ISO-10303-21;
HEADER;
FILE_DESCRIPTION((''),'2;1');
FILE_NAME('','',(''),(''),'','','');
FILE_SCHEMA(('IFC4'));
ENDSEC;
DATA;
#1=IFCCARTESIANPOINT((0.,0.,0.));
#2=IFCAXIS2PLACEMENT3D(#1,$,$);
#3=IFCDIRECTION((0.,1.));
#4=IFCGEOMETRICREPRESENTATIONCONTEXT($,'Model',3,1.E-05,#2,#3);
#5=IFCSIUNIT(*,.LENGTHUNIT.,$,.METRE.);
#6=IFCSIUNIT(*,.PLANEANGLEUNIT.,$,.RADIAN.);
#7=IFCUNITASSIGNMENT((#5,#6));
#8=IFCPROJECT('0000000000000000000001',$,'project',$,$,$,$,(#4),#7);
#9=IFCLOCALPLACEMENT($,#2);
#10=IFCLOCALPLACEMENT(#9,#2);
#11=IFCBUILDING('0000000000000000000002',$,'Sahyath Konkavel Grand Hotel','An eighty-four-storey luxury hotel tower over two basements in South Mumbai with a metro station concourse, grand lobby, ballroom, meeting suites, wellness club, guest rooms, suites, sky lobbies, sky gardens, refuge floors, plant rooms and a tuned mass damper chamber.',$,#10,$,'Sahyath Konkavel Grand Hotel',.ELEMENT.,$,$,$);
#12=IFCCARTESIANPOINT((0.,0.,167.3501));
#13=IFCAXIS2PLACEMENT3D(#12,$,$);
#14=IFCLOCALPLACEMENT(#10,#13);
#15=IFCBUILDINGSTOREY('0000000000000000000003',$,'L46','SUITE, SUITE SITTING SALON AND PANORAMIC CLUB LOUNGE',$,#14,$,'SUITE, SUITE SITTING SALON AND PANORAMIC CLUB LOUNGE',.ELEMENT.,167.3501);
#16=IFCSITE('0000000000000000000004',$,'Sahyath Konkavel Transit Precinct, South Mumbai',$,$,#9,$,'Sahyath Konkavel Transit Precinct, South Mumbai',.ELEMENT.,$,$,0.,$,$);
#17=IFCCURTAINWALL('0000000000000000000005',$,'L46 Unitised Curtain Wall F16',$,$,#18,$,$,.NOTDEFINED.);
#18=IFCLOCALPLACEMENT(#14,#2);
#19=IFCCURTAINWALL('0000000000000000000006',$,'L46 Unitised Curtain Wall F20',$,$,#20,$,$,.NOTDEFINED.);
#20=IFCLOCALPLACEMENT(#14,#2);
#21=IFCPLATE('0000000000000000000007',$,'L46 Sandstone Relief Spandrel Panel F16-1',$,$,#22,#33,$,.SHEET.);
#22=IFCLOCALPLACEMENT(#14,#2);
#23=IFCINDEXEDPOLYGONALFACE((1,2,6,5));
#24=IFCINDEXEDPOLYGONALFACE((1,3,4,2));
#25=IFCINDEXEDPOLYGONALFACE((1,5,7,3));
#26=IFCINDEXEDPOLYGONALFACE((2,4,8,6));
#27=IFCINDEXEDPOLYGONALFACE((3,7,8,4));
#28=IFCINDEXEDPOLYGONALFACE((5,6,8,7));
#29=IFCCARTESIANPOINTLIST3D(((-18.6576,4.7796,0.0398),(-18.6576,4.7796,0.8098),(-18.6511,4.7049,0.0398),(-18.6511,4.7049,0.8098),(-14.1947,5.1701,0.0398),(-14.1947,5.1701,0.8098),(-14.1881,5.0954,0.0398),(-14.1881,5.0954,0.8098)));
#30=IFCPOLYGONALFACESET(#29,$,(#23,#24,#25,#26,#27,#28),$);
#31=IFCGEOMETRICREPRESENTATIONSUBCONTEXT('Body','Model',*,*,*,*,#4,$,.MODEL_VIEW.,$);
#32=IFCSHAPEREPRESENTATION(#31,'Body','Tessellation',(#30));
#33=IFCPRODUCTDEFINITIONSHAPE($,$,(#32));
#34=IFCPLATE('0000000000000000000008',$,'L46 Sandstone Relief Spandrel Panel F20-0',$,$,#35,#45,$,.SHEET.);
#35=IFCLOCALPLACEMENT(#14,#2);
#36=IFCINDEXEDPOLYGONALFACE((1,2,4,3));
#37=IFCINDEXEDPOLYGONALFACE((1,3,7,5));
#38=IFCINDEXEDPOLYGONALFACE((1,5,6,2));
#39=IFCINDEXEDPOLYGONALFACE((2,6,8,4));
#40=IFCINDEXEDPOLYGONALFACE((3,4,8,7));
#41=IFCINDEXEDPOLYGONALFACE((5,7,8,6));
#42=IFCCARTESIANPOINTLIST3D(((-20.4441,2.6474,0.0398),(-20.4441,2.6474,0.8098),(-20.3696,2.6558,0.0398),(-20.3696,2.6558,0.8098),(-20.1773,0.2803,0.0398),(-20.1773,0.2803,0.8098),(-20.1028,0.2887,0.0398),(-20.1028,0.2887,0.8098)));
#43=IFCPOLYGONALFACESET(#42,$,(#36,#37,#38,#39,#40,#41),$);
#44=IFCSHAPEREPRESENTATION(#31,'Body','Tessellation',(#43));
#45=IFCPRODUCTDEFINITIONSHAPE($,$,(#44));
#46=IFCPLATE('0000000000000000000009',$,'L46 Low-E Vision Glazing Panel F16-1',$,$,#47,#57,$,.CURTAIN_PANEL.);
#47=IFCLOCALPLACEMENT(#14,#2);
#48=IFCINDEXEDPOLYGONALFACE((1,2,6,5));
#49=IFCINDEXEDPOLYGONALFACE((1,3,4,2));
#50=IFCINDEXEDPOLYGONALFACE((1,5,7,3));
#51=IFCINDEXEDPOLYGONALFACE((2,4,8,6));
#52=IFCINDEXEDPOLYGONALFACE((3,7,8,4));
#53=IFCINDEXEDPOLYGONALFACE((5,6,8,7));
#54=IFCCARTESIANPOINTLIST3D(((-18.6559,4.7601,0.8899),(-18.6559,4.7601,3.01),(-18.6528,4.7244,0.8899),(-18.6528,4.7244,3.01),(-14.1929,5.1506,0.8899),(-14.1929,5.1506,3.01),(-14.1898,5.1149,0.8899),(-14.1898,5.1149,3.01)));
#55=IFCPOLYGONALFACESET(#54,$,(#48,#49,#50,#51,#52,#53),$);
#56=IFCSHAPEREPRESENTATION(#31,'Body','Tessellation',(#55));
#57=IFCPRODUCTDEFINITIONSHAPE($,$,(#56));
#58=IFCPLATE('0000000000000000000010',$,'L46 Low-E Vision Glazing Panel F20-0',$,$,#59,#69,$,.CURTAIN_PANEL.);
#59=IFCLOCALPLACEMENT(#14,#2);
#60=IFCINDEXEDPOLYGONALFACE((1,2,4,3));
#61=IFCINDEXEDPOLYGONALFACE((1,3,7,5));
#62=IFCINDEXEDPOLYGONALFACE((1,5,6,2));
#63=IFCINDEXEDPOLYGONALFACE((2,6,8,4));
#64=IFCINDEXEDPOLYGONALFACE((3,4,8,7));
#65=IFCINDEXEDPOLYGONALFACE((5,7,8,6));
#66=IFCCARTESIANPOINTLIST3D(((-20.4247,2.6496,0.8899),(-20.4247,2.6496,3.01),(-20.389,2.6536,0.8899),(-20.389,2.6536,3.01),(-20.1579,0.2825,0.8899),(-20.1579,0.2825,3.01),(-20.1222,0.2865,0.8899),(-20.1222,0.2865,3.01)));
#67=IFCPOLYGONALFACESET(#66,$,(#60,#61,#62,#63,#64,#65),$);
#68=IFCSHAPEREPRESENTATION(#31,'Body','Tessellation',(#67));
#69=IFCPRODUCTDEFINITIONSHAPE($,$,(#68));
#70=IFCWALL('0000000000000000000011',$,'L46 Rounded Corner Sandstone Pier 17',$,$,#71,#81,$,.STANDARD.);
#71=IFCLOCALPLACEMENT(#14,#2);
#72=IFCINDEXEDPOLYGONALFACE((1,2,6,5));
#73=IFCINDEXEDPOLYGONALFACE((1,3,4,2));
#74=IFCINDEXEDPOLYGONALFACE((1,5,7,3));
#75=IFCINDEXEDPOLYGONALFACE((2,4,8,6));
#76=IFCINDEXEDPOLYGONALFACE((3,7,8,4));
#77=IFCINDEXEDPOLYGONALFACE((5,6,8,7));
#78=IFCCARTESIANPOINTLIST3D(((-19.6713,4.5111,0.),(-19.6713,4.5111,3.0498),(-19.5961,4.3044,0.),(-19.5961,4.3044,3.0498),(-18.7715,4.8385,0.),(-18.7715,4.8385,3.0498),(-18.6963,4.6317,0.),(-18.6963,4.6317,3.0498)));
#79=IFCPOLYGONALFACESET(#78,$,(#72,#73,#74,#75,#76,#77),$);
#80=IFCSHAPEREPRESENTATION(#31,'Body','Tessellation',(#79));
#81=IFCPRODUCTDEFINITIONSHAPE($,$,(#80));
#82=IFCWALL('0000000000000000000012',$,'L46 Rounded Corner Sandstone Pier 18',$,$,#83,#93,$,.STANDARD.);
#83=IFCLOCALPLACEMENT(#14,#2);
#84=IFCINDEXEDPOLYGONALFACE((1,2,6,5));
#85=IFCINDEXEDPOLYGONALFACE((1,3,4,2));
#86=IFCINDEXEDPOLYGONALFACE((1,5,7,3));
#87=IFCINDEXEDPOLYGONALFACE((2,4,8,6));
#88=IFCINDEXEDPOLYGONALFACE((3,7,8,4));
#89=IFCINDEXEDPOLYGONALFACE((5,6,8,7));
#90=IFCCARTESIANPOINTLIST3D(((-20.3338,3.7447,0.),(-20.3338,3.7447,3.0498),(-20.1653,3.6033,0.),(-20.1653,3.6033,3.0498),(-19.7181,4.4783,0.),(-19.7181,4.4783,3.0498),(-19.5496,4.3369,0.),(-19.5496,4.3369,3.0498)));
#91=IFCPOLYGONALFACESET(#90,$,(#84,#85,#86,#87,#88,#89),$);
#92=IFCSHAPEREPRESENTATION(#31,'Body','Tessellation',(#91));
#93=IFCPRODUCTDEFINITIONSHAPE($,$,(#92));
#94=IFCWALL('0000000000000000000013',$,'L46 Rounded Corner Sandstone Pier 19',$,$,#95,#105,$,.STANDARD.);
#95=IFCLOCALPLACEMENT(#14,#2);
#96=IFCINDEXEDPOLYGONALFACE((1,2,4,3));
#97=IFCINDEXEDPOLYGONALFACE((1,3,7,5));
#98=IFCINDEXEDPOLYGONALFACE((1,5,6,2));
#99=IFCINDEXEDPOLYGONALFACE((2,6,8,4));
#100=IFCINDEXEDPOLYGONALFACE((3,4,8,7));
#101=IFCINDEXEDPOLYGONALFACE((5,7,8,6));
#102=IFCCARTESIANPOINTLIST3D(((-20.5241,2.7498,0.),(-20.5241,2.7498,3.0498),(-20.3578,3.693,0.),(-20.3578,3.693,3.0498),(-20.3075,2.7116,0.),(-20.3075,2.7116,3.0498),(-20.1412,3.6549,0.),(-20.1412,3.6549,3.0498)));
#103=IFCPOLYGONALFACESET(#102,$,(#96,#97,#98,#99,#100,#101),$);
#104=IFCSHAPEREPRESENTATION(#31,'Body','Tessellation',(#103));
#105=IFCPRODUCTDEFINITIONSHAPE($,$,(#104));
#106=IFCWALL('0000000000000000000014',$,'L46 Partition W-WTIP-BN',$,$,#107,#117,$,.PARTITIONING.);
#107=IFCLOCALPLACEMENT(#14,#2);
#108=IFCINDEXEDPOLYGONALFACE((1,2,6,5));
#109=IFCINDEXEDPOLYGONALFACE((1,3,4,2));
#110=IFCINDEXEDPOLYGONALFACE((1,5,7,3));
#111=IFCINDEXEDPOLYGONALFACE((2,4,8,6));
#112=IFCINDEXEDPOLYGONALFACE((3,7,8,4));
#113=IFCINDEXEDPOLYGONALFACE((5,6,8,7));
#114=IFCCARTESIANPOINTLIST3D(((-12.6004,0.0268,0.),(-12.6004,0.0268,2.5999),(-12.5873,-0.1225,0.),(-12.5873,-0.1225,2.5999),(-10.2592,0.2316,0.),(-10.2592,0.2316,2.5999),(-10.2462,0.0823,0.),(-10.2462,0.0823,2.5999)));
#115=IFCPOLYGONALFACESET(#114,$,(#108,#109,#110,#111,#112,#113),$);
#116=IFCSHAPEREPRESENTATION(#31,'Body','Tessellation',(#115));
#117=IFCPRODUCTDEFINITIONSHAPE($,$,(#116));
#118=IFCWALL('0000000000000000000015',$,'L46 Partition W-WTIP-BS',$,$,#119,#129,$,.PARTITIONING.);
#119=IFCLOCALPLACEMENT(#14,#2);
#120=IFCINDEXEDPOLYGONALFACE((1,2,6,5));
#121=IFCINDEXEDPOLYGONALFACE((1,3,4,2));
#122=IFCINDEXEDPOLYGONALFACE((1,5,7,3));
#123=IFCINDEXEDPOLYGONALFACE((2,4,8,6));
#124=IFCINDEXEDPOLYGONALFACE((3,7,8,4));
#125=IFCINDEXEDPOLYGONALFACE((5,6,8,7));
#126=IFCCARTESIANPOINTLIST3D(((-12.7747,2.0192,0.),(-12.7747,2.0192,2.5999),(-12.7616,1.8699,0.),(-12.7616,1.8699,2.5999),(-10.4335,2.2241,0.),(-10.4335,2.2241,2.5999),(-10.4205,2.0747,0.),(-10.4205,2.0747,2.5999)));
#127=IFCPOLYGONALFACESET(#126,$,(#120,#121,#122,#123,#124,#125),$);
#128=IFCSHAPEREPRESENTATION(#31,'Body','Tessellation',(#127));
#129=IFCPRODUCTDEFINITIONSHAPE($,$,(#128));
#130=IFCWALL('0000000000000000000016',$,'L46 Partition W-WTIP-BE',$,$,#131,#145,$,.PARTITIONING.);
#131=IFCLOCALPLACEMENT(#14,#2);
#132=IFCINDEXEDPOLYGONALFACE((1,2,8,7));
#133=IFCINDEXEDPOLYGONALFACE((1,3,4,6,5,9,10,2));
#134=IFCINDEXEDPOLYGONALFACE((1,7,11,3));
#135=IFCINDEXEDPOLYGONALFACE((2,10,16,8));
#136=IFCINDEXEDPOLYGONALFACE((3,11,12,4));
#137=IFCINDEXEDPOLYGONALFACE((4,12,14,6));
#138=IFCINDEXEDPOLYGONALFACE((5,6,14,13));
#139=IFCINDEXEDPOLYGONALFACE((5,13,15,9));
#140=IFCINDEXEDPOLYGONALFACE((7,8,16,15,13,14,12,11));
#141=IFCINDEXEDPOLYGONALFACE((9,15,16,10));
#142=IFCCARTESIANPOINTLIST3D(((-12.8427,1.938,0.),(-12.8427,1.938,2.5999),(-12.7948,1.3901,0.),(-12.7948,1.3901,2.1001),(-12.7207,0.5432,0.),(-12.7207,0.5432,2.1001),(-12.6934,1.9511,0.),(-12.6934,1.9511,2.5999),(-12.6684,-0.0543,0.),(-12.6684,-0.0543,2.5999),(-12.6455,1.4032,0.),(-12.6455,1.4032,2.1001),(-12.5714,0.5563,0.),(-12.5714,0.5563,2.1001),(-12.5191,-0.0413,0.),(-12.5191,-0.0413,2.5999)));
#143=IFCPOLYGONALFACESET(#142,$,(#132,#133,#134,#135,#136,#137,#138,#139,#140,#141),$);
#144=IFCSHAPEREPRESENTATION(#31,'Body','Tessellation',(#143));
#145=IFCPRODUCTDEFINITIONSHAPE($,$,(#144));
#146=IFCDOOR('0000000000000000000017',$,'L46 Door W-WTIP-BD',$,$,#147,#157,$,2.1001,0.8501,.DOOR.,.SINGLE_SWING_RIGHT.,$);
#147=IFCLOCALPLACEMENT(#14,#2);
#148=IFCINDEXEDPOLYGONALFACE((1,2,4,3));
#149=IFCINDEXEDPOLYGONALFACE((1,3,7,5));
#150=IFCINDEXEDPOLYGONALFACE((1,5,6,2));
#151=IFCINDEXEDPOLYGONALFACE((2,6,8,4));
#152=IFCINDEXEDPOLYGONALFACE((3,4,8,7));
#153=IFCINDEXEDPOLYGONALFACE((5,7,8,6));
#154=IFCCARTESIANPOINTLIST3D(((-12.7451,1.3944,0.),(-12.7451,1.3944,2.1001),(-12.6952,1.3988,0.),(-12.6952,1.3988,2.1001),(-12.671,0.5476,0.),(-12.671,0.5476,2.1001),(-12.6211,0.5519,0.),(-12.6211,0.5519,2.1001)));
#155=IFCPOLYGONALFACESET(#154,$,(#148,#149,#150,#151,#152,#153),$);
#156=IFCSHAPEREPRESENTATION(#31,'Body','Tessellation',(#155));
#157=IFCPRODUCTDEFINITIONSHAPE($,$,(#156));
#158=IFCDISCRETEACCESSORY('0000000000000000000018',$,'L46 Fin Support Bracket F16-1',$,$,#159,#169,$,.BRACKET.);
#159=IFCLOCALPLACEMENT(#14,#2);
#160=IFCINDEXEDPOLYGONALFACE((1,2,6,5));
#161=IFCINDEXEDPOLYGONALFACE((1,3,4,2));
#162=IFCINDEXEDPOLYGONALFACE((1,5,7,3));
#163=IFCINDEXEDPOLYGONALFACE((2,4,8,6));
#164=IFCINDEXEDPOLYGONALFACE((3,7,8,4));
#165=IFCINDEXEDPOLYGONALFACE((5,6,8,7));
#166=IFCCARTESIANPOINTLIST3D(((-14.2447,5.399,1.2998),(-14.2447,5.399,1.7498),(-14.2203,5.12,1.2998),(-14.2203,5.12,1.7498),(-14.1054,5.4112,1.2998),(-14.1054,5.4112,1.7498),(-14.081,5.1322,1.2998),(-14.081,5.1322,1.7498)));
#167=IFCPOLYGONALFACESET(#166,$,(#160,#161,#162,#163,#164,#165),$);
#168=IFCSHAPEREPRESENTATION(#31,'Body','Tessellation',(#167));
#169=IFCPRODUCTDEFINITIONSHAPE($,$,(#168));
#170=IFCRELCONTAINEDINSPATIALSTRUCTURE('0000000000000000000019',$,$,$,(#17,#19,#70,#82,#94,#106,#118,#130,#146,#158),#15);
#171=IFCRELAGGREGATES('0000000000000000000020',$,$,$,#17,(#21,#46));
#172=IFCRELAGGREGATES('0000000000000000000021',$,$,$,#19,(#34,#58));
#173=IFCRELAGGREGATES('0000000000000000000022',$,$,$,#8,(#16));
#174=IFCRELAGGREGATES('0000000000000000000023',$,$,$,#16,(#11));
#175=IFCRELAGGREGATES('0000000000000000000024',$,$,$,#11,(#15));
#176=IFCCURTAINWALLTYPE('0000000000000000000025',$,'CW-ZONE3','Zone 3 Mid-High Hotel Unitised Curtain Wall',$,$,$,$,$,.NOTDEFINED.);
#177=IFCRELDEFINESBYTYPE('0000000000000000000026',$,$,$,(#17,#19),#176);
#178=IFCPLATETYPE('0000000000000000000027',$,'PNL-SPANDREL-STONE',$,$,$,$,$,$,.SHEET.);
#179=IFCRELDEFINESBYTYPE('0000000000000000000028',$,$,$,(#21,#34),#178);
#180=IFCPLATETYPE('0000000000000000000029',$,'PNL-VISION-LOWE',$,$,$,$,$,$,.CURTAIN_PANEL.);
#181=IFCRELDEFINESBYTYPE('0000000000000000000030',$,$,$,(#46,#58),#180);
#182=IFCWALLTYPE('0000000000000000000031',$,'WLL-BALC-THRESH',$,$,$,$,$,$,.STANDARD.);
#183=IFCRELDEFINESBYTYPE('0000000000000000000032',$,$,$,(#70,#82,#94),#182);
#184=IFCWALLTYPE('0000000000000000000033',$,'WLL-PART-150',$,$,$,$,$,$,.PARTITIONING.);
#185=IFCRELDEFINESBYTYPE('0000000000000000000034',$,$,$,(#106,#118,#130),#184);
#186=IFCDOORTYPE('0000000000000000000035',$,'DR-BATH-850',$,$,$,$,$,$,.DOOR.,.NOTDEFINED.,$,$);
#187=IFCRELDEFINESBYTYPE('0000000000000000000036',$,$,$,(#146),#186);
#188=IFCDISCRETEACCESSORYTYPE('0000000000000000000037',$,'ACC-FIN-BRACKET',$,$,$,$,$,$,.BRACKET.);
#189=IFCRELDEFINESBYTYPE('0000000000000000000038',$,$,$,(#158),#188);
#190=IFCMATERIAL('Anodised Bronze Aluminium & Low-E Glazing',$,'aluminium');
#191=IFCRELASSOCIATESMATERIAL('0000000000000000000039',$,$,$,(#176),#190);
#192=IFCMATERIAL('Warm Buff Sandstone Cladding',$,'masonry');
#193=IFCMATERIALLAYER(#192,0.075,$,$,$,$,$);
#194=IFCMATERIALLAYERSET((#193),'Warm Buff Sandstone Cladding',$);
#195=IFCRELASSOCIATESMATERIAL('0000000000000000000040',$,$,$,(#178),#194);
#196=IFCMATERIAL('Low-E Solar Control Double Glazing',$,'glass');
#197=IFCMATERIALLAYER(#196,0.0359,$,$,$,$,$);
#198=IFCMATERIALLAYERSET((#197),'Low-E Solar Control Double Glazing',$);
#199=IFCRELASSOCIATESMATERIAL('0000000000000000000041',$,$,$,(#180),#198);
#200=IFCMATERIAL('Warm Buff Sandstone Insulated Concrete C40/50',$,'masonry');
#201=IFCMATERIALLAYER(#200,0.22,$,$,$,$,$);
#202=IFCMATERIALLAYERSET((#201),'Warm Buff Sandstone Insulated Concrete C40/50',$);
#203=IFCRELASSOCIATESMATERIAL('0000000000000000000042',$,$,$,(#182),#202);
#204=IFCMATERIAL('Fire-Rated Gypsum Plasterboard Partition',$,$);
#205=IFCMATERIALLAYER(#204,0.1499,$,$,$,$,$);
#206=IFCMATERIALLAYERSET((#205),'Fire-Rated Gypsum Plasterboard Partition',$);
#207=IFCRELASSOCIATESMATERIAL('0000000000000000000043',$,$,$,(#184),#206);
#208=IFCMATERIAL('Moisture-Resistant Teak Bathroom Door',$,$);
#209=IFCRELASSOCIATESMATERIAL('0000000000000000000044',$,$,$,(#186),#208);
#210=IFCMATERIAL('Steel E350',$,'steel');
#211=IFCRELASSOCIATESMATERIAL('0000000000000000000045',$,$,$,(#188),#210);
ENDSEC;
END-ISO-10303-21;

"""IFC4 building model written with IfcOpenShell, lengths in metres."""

from ifc_helpers import new_model, si_unit, direction, frame, frame_2d, origin, origin_2d, place, context, subcontext, project, spatial, rectangle, extrude, source, transform, mapped, material, layer, layer_set, type_object, element, fill, aggregate, save


model = new_model("IFC4")

# Units and contexts
model_context = context("Model", 3, precision=1e-05, world=origin(), true_north=direction((0.0, 1.0)))
body_context = subcontext(model_context, "Body", "Model", "MODEL_VIEW")
ifc_project = project(units=[si_unit("LENGTHUNIT", "METRE"), si_unit("PLANEANGLEUNIT", "RADIAN")], contexts=[model_context])

# Site, building, storey
site_placement = place(None, origin())
site = spatial("IfcSite", under=ifc_project, at=site_placement, Name="Sahyath Konkavel Transit Precinct, South Mumbai", LongName="Sahyath Konkavel Transit Precinct, South Mumbai", CompositionType="ELEMENT", RefElevation=0.0)
building_placement = place(site_placement, origin())
building = spatial("IfcBuilding", under=site, at=building_placement, Name="Sahyath Konkavel Grand Hotel", Description="An eighty-four-storey luxury hotel tower over two basements in South Mumbai with a metro station concourse, grand lobby, ballroom, meeting suites, wellness club, guest rooms, suites, sky lobbies, sky gardens, refuge floors, plant rooms and a tuned mass damper chamber.", LongName="Sahyath Konkavel Grand Hotel", CompositionType="ELEMENT")
storey_placement = place(building_placement, frame((0.0, 0.0, 167.3501)))
storey = spatial("IfcBuildingStorey", under=building, at=storey_placement, Name="L46", Description="SUITE, SUITE SITTING SALON AND PANORAMIC CLUB LOUNGE", LongName="SUITE, SUITE SITTING SALON AND PANORAMIC CLUB LOUNGE", CompositionType="ELEMENT", Elevation=167.3501)

# Shared definitions
ifc_material_1 = material(Name="Steel E350", Category="steel")

# Curtain walls
ifc_material_2 = material(Name="Anodised Bronze Aluminium & Low-E Glazing", Category="aluminium")
curtain_wall_type = type_object("IfcCurtainWallType", Name="CW-ZONE3", Description="Zone 3 Mid-High Hotel Unitised Curtain Wall", PredefinedType="NOTDEFINED", material=ifc_material_2)
curtain_wall_1_placement = place(storey_placement, origin())
curtain_wall_1 = element("IfcCurtainWall", 1, at=curtain_wall_1_placement, inside=storey, type_object=curtain_wall_type, Name="L46 Unitised Curtain Wall F16", PredefinedType="NOTDEFINED")
curtain_wall_2_placement = place(storey_placement, origin())
curtain_wall_2 = element("IfcCurtainWall", 2, at=curtain_wall_2_placement, inside=storey, type_object=curtain_wall_type, Name="L46 Unitised Curtain Wall F20", PredefinedType="NOTDEFINED")

# Plates
ifc_material_3 = material(Name="Warm Buff Sandstone Cladding", Category="masonry")
ifc_layer_1 = layer(ifc_material_3, 0.075)
ifc_layer_set_1 = layer_set([ifc_layer_1], Name="Warm Buff Sandstone Cladding")
plate_type_1 = type_object("IfcPlateType", Name="PNL-SPANDREL-STONE", PredefinedType="SHEET", material=ifc_layer_set_1)
shared_shape_1 = source(origin(), body_context, "Body", "SweptSolid", [
    extrude(rectangle(XDim=4.48, YDim=0.075, at=origin_2d()), origin(), (0.0, 0.0, 1.0), 0.77),
])
plate_1_placement = place(storey_placement, frame((-16.4229, 4.9375, 0.0398), z_axis=(0.0, 0.0, 1.0), x_axis=(-0.996195, -0.087156, 0.0)))
plate_1 = element("IfcPlate", 3, at=plate_1_placement, type_object=plate_type_1, Name="L46 Sandstone Relief Spandrel Panel F16-1", PredefinedType="SHEET", context=body_context, shape_type="MappedRepresentation", body=[
    mapped(shared_shape_1, transform((0.0, 0.0, 0.0), scale=1.0)),
])
shared_shape_2 = source(origin(), body_context, "Body", "SweptSolid", [
    extrude(rectangle(XDim=2.3821, YDim=0.075, at=origin_2d()), origin(), (0.0, 0.0, 1.0), 0.77),
])
plate_2_placement = place(storey_placement, frame((-20.2734, 1.468, 0.0398), z_axis=(0.0, 0.0, 1.0), x_axis=(0.111989, -0.993709, 0.0)))
plate_2 = element("IfcPlate", 4, at=plate_2_placement, type_object=plate_type_1, Name="L46 Sandstone Relief Spandrel Panel F20-0", PredefinedType="SHEET", context=body_context, shape_type="MappedRepresentation", body=[
    mapped(shared_shape_2, transform((0.0, 0.0, 0.0), scale=1.0)),
])
ifc_material_4 = material(Name="Low-E Solar Control Double Glazing", Category="glass")
ifc_layer_2 = layer(ifc_material_4, 0.0359)
ifc_layer_set_2 = layer_set([ifc_layer_2], Name="Low-E Solar Control Double Glazing")
plate_type_2 = type_object("IfcPlateType", Name="PNL-VISION-LOWE", PredefinedType="CURTAIN_PANEL", material=ifc_layer_set_2)
shared_shape_3 = source(origin(), body_context, "Body", "SweptSolid", [
    extrude(rectangle(XDim=4.48, YDim=0.0359, at=origin_2d()), origin(), (0.0, 0.0, 1.0), 2.1201),
])
plate_3_placement = place(storey_placement, frame((-16.4229, 4.9375, 0.8899), z_axis=(0.0, 0.0, 1.0), x_axis=(-0.996195, -0.087156, 0.0)))
plate_3 = element("IfcPlate", 5, at=plate_3_placement, type_object=plate_type_2, Name="L46 Low-E Vision Glazing Panel F16-1", PredefinedType="CURTAIN_PANEL", context=body_context, shape_type="MappedRepresentation", body=[
    mapped(shared_shape_3, transform((0.0, 0.0, 0.0), scale=1.0)),
])
aggregate(curtain_wall_1, [plate_1, plate_3])
shared_shape_4 = source(origin(), body_context, "Body", "SweptSolid", [
    extrude(rectangle(XDim=2.3821, YDim=0.0359, at=origin_2d()), origin(), (0.0, 0.0, 1.0), 2.1201),
])
plate_4_placement = place(storey_placement, frame((-20.2734, 1.468, 0.8899), z_axis=(0.0, 0.0, 1.0), x_axis=(0.111989, -0.993709, 0.0)))
plate_4 = element("IfcPlate", 6, at=plate_4_placement, type_object=plate_type_2, Name="L46 Low-E Vision Glazing Panel F20-0", PredefinedType="CURTAIN_PANEL", context=body_context, shape_type="MappedRepresentation", body=[
    mapped(shared_shape_4, transform((0.0, 0.0, 0.0), scale=1.0)),
])
aggregate(curtain_wall_2, [plate_2, plate_4])

# Walls
ifc_material_5 = material(Name="Warm Buff Sandstone Insulated Concrete C40/50", Category="masonry")
ifc_layer_3 = layer(ifc_material_5, 0.22)
ifc_layer_set_3 = layer_set([ifc_layer_3], Name="Warm Buff Sandstone Insulated Concrete C40/50")
wall_type_1 = type_object("IfcWallType", Name="WLL-BALC-THRESH", PredefinedType="STANDARD", material=ifc_layer_set_3)
wall_1_placement = place(storey_placement, frame((-18.7339, 4.7351, 0.0), z_axis=(0.0, 0.0, 1.0), x_axis=(-0.939741, -0.341886, 0.0)))
element("IfcWall", 7, at=wall_1_placement, inside=storey, type_object=wall_type_1, Name="L46 Rounded Corner Sandstone Pier 17", PredefinedType="STANDARD", context=body_context, shape_type="SweptSolid", body=[
    extrude(rectangle(XDim=0.9575, YDim=0.22, at=frame_2d((0.4788, 0.0))), origin(), (0.0, 0.0, 1.0), 3.0498),
])
for number, where, z_axis, x_axis, name in (
    (8, (-19.6338, 4.4077, 0.0), (0.0, 0.0, 1.0), (-0.642863, -0.765981, 0.0), "L46 Rounded Corner Sandstone Pier 18"),
    (9, (-20.2495, 3.6741, 0.0), (0.0, 0.0, 1.0), (-0.173611, -0.984814, 0.0), "L46 Rounded Corner Sandstone Pier 19"),
):
    element("IfcWall", number, at=place(storey_placement, frame(where, z_axis=z_axis, x_axis=x_axis)), inside=storey, type_object=wall_type_1, Name=name, PredefinedType="STANDARD", context=body_context, shape_type="SweptSolid", body=[
        extrude(rectangle(XDim=0.9578, YDim=0.22, at=frame_2d((0.479, 0.0))), origin(), (0.0, 0.0, 1.0), 3.0498),
    ])
ifc_material_6 = material(Name="Fire-Rated Gypsum Plasterboard Partition")
ifc_layer_4 = layer(ifc_material_6, 0.1499)
ifc_layer_set_4 = layer_set([ifc_layer_4], Name="Fire-Rated Gypsum Plasterboard Partition")
wall_type_2 = type_object("IfcWallType", Name="WLL-PART-150", PredefinedType="PARTITIONING", material=ifc_layer_set_4)
for number, where, z_axis, x_axis, name in (
    (10, (-10.2527, 0.157, 0.0), (0.0, 0.0, 1.0), (-0.996194, -0.087163, 0.0), "L46 Partition W-WTIP-BN"),
    (11, (-10.427, 2.1494, 0.0), (0.0, 0.0, 1.0), (-0.996194, -0.087163, 0.0), "L46 Partition W-WTIP-BS"),
):
    element("IfcWall", number, at=place(storey_placement, frame(where, z_axis=z_axis, x_axis=x_axis)), inside=storey, type_object=wall_type_2, Name=name, PredefinedType="PARTITIONING", context=body_context, shape_type="SweptSolid", body=[
        extrude(rectangle(XDim=2.3501, YDim=0.1499, at=frame_2d((1.175, 0.0))), origin(), (0.0, 0.0, 1.0), 2.5999),
    ])

# Wall, opening, door
wall_2_placement = place(storey_placement, frame((-12.7681, 1.9446, 0.0), z_axis=(0.0, 0.0, 1.0), x_axis=(0.087156, -0.996195, 0.0)))
wall_2 = element("IfcWall", 12, at=wall_2_placement, inside=storey, type_object=wall_type_2, Name="L46 Partition W-WTIP-BE", PredefinedType="PARTITIONING", context=body_context, shape_type="SweptSolid", body=[
    extrude(rectangle(XDim=2.0, YDim=0.1499, at=frame_2d((1.0, 0.0))), origin(), (0.0, 0.0, 1.0), 2.5999),
])
opening_placement = place(wall_2_placement, frame((0.55, 0.0, 0.0)))
opening = element("IfcOpeningElement", 13, at=opening_placement, cuts=wall_2, PredefinedType="OPENING", context=body_context, shape_type="SweptSolid", body=[
    extrude(rectangle(XDim=0.8501, YDim=2.1001, at=frame_2d((0.425, 1.05))), frame((0.0, 0.085, 0.0), z_axis=(0.0, -1.0, 0.0), x_axis=(1.0, 0.0, 0.0)), (0.0, 0.0, 1.0), 0.1699),
])
ifc_material_7 = material(Name="Moisture-Resistant Teak Bathroom Door")
door_type = type_object("IfcDoorType", Name="DR-BATH-850", OperationType="NOTDEFINED", PredefinedType="DOOR", material=ifc_material_7)
shared_shape_5 = source(origin(), body_context, "Body", "SweptSolid", [
    extrude(rectangle(XDim=0.8501, YDim=0.05, at=origin_2d()), origin(), (0.0, 0.0, 1.0), 2.1001),
])
door_placement = place(opening_placement, frame((0.425, 0.0, 0.0)))
door = element("IfcDoor", 14, at=door_placement, inside=storey, type_object=door_type, Name="L46 Door W-WTIP-BD", OperationType="SINGLE_SWING_RIGHT", OverallHeight=2.1001, OverallWidth=0.8501, PredefinedType="DOOR", context=body_context, shape_type="MappedRepresentation", body=[
    mapped(shared_shape_5, transform((0.0, 0.0, 0.0), scale=1.0)),
])
fill(opening, door)

# Discrete accessory
discrete_accessory_type = type_object("IfcDiscreteAccessoryType", Name="ACC-FIN-BRACKET", PredefinedType="BRACKET", material=ifc_material_1)
shared_shape_6 = source(origin(), body_context, "Body", "SweptSolid", [
    extrude(rectangle(XDim=0.28, YDim=0.1399, at=origin_2d()), origin(), (0.0, 0.0, 1.0), 0.45),
])
discrete_accessory_placement = place(storey_placement, frame((-14.1628, 5.2656, 1.2998), z_axis=(0.0, 0.0, 1.0), x_axis=(-0.087156, 0.996195, 0.0)))
element("IfcDiscreteAccessory", 15, at=discrete_accessory_placement, inside=storey, type_object=discrete_accessory_type, Name="L46 Fin Support Bracket F16-1", PredefinedType="BRACKET", context=body_context, shape_type="MappedRepresentation", body=[
    mapped(shared_shape_6, transform((0.0, 0.0, 0.0), scale=1.0)),
])

save(model, "model.ifc")
